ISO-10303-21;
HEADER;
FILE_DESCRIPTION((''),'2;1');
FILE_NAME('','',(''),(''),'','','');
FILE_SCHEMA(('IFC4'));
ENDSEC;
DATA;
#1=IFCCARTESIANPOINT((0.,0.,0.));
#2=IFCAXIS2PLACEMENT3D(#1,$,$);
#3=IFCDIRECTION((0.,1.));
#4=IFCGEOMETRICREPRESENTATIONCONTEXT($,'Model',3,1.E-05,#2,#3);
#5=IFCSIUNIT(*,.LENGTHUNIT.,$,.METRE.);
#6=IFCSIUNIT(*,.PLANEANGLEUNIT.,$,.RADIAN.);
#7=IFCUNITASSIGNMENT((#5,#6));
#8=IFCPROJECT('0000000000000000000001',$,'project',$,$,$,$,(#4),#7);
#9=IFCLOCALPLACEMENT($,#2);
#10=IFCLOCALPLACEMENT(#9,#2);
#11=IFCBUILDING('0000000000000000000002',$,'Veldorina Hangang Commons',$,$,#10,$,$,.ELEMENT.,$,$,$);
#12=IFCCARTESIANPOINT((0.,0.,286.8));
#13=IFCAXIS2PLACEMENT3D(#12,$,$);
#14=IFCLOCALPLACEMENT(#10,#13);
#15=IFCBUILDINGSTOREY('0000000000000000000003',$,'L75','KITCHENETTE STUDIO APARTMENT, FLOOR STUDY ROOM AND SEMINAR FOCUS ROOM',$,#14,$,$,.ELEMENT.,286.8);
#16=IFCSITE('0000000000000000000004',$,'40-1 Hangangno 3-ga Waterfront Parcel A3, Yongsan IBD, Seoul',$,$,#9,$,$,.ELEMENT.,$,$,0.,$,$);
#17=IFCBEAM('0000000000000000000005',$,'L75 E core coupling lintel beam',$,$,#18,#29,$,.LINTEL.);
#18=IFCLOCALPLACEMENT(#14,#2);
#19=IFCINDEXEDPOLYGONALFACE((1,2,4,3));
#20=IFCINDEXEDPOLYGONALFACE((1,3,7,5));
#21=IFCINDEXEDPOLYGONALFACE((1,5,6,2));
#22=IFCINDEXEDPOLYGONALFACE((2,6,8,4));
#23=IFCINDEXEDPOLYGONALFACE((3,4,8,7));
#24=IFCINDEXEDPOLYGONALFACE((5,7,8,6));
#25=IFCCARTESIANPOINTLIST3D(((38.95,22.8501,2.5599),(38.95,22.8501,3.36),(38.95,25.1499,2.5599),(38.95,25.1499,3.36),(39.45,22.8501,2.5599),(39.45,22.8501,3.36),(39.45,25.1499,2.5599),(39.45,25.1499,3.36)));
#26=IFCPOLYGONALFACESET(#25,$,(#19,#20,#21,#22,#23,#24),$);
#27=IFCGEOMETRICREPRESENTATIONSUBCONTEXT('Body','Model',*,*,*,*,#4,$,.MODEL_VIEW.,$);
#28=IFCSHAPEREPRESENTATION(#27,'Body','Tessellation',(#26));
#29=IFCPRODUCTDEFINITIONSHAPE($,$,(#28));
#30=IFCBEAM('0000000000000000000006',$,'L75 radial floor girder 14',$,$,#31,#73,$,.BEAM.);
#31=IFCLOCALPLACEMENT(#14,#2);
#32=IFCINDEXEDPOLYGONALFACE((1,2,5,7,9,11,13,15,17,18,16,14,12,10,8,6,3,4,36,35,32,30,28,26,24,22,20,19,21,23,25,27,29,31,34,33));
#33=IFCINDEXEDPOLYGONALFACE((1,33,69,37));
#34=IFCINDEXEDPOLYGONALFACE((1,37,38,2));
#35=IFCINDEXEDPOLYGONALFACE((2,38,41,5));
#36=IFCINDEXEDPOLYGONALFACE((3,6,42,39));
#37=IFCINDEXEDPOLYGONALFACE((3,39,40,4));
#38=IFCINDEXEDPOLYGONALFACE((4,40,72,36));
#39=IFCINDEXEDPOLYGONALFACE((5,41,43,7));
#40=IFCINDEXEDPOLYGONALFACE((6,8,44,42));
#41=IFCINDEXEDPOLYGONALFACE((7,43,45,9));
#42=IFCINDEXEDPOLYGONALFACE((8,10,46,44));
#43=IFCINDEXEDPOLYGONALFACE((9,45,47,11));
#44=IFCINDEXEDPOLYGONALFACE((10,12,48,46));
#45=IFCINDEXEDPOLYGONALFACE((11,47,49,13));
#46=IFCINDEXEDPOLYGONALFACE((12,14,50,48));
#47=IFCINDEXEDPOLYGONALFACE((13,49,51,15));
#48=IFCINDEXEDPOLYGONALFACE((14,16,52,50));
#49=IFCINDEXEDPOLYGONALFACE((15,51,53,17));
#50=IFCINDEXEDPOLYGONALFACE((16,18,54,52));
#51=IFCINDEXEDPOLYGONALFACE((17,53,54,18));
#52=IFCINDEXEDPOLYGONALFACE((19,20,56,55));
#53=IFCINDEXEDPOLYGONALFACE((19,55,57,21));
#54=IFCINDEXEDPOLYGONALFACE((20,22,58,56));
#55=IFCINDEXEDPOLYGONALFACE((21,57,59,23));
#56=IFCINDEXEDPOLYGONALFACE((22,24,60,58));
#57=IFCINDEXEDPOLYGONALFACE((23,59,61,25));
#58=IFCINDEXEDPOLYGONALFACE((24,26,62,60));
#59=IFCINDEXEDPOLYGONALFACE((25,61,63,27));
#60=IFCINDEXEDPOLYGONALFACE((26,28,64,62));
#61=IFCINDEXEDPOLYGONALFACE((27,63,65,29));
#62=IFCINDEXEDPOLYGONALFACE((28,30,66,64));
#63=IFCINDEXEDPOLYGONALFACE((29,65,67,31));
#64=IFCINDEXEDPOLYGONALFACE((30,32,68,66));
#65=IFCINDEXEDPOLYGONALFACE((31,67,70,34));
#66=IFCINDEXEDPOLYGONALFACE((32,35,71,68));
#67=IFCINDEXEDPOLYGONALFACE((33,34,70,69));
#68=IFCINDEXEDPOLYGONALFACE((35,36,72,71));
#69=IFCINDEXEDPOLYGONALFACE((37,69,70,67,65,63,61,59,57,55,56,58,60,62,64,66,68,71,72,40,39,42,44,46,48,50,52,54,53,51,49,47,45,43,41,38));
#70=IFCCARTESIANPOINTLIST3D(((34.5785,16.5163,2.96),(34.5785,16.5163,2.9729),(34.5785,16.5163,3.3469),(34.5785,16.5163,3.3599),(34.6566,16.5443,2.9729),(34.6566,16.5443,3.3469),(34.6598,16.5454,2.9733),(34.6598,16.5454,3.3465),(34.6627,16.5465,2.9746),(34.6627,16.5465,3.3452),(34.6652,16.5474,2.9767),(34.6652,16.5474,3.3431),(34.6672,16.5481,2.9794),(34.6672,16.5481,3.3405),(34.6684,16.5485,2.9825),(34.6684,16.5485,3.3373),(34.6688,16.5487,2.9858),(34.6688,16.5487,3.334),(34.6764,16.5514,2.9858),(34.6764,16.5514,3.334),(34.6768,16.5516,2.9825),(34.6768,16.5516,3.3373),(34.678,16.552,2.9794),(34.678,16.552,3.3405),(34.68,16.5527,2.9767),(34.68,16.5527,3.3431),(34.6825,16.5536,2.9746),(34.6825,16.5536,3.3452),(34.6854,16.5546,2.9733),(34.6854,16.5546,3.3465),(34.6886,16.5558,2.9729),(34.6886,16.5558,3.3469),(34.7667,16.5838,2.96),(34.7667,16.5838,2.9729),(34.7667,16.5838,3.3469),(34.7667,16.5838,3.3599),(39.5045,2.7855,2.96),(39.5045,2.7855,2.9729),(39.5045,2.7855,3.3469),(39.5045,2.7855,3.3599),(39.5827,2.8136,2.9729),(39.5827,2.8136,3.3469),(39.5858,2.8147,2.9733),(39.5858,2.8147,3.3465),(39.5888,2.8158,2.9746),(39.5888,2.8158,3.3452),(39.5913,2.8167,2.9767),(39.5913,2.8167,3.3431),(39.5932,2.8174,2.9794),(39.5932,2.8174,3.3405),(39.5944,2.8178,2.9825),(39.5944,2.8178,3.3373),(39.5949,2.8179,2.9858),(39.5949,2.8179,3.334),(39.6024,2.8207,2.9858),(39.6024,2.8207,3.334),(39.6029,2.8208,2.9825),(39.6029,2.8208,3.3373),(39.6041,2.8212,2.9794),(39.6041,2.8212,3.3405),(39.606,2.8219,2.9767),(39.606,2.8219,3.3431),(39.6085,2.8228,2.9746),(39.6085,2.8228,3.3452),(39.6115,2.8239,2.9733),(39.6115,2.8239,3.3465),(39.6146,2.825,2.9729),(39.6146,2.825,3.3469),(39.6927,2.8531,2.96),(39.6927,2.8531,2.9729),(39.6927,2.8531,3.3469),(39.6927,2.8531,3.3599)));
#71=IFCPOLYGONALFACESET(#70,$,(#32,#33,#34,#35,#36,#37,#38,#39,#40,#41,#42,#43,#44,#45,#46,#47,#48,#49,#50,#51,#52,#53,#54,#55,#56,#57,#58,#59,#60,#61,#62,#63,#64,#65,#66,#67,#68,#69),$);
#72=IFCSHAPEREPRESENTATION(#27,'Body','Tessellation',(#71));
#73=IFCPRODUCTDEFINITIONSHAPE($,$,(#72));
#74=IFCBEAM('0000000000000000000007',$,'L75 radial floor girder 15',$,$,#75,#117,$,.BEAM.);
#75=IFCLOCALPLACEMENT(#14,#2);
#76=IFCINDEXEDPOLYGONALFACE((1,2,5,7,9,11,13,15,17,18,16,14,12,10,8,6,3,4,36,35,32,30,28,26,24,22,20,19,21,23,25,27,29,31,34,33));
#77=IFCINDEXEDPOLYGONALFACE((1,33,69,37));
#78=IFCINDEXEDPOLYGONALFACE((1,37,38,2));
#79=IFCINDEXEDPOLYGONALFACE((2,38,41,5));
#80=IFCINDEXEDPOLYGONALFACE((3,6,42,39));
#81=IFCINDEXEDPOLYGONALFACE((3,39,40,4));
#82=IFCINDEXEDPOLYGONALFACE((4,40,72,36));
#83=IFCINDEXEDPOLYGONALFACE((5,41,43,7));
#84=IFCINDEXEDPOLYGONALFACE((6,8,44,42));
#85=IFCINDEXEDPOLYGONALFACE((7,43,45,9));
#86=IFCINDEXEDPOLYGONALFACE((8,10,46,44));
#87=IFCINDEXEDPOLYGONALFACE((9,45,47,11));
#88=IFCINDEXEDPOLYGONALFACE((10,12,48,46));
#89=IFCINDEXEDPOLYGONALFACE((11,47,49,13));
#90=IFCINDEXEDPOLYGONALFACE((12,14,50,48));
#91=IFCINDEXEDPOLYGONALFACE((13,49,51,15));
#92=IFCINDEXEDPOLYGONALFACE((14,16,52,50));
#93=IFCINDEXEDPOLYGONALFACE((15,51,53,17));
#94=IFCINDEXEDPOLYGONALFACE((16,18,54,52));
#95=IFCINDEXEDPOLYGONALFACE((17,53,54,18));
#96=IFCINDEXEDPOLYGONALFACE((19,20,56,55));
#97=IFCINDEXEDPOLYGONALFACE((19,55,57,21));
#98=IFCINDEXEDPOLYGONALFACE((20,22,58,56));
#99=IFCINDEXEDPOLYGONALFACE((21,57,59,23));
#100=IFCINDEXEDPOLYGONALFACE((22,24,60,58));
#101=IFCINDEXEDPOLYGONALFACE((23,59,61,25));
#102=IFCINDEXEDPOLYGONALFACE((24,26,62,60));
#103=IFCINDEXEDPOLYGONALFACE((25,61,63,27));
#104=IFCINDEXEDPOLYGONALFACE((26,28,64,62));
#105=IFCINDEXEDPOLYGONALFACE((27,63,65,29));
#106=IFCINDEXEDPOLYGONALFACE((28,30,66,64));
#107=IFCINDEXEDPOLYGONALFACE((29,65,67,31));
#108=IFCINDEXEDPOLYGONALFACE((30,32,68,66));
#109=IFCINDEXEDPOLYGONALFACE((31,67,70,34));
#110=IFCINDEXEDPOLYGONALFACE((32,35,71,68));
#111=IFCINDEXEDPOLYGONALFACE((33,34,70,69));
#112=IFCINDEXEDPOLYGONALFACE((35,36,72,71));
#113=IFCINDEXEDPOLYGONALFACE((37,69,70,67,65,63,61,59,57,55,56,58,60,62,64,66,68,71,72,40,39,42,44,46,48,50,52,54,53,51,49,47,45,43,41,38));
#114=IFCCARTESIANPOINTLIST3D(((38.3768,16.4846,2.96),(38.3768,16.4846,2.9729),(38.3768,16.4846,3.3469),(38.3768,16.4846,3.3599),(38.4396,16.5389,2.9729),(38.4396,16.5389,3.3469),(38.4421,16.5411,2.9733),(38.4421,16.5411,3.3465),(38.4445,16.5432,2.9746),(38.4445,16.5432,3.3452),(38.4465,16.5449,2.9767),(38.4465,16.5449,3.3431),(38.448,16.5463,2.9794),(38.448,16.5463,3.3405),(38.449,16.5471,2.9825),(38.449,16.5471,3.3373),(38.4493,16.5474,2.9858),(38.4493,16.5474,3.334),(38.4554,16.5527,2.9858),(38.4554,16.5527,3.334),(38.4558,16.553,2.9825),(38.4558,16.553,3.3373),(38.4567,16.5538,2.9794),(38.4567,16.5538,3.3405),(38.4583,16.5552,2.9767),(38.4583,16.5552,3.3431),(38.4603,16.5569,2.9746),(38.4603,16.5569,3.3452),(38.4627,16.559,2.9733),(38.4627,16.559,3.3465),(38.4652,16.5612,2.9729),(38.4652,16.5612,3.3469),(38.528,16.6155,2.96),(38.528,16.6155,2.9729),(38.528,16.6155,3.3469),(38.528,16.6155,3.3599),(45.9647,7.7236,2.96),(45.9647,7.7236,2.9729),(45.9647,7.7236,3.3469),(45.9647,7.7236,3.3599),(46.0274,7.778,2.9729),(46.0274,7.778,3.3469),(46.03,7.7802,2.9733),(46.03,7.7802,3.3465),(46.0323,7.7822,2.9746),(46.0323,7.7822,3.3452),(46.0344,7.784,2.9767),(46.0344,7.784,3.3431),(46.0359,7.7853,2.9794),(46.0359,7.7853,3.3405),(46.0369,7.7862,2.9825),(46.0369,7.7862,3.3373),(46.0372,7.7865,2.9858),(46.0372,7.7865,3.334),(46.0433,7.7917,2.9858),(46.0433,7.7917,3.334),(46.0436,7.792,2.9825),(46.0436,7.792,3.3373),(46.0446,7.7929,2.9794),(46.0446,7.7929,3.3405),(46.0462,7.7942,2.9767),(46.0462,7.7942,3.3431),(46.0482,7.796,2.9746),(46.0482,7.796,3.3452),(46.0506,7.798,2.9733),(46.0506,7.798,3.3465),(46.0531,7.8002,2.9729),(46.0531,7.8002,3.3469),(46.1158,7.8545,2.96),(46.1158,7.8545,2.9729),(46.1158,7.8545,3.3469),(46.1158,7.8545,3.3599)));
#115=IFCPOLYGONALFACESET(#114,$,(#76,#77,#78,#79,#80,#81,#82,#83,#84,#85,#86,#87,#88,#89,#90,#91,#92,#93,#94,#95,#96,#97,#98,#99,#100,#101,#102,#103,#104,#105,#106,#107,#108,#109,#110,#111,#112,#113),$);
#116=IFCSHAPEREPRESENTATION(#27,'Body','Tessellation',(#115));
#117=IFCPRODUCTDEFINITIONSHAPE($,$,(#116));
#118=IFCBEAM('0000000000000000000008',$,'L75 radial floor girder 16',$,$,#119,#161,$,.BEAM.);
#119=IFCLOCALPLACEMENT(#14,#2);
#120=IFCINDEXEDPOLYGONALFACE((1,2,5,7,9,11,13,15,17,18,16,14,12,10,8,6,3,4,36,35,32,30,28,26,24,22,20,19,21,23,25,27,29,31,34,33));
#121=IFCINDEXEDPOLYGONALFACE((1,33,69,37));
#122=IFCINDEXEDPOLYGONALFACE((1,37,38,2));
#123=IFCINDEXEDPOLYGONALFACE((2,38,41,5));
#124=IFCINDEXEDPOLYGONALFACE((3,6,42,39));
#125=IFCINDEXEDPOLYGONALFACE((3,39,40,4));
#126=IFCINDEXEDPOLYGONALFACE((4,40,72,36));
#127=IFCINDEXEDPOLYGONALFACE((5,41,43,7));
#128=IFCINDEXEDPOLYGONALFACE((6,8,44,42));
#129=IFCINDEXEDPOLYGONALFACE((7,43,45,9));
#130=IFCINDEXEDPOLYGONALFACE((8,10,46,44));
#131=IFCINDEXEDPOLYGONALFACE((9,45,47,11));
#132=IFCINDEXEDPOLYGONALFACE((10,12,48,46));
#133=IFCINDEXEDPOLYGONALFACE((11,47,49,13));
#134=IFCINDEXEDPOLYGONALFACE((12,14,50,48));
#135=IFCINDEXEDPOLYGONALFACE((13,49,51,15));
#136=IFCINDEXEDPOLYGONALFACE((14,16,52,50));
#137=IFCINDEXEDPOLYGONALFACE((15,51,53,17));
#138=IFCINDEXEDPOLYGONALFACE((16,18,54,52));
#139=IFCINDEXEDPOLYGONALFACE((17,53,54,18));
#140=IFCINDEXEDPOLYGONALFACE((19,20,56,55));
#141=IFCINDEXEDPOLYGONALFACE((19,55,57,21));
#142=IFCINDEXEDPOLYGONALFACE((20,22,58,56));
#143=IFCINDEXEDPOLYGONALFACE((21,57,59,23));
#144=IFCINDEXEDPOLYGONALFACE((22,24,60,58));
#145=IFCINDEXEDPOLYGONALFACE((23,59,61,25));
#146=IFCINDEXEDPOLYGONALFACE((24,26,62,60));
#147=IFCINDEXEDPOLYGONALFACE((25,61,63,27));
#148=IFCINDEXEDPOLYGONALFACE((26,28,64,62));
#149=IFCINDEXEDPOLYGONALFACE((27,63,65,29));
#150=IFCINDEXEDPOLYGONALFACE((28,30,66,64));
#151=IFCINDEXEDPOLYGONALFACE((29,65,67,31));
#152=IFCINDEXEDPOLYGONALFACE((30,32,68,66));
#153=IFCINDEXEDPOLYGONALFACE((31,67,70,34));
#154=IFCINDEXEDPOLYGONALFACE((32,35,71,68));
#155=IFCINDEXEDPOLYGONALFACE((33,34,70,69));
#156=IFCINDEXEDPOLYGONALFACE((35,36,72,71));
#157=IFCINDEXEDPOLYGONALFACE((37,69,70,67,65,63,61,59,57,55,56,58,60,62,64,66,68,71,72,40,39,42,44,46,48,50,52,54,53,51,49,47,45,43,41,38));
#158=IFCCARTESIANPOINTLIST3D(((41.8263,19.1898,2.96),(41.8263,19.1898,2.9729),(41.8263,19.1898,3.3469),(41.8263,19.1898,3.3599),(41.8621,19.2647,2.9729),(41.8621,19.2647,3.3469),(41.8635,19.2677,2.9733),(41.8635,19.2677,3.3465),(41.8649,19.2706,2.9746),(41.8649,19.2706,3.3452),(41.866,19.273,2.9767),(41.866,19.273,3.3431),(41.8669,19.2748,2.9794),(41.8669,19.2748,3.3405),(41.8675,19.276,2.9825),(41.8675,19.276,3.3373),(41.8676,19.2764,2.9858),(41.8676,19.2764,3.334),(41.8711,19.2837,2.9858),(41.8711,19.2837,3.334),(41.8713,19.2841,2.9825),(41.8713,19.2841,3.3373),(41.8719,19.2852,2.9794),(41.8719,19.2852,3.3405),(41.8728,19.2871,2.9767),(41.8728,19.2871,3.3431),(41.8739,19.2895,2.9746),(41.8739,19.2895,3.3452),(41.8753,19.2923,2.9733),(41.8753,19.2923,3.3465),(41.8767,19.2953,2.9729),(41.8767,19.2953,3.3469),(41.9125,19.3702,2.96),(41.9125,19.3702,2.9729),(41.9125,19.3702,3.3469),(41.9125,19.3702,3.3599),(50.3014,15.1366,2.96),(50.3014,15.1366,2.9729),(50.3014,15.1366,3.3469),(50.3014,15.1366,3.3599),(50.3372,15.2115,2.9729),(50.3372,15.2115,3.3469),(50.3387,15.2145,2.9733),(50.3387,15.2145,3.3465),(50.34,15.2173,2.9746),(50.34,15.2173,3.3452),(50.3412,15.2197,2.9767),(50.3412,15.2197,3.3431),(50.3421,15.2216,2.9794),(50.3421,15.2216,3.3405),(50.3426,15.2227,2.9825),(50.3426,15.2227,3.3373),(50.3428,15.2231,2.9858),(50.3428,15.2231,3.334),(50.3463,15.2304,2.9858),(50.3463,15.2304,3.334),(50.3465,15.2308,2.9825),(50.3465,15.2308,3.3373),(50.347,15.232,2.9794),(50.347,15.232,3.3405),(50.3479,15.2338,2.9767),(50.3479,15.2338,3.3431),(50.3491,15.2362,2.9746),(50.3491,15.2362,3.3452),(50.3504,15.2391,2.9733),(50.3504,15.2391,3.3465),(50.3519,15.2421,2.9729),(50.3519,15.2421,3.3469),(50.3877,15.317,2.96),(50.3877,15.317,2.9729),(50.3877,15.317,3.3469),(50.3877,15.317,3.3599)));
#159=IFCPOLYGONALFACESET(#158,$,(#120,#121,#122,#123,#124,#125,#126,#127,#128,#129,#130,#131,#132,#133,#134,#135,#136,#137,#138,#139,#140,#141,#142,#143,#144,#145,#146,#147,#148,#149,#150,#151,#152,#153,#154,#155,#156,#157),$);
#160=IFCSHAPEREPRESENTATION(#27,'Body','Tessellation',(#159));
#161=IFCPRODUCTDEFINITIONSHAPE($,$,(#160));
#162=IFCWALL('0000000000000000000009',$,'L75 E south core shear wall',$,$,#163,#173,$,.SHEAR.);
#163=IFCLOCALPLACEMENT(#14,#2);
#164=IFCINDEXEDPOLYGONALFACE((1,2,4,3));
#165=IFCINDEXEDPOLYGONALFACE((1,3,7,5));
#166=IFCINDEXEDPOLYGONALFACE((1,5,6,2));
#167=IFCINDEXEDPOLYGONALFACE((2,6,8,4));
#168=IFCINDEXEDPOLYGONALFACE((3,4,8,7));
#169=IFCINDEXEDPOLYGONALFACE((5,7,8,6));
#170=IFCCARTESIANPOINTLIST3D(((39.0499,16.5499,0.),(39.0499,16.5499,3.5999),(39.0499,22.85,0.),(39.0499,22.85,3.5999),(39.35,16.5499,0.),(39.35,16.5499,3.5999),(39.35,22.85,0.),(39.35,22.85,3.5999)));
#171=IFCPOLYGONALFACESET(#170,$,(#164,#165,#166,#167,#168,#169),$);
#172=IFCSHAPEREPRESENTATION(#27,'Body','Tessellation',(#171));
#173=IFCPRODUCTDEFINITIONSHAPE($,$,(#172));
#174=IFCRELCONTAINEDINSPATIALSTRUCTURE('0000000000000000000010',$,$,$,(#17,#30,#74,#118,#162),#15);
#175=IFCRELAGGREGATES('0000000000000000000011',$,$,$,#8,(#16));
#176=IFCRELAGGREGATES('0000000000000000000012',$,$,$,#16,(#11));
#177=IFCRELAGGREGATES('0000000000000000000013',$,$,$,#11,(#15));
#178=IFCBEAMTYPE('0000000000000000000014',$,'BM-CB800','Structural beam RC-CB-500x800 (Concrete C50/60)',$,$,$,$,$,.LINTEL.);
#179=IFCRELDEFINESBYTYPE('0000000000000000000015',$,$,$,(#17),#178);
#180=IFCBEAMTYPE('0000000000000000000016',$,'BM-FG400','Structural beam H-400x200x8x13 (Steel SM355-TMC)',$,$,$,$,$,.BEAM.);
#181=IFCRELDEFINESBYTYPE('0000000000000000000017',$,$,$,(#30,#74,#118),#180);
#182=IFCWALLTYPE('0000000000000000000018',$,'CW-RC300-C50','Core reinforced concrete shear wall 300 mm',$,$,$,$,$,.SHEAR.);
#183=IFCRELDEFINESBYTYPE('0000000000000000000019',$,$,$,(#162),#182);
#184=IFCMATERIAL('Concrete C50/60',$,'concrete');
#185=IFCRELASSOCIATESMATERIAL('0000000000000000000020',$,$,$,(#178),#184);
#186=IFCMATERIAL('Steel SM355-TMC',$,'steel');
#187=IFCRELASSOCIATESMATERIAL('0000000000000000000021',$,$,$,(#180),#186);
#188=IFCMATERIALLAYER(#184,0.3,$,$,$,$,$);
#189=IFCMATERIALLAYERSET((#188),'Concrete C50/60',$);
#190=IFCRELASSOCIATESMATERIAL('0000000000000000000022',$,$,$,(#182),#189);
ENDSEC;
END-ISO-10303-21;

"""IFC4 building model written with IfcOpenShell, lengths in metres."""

from ifc_helpers import new_model, si_unit, direction, frame, frame_2d, origin, origin_2d, place, context, subcontext, project, spatial, rectangle, i_section, extrude, material, layer, layer_set, material_profile, profile_set, type_object, element, save


model = new_model("IFC4")

# Units and contexts
model_context = context("Model", 3, precision=1e-05, world=origin(), true_north=direction((0.0, 1.0)))
body_context = subcontext(model_context, "Body", "Model", "MODEL_VIEW")
ifc_project = project(units=[si_unit("LENGTHUNIT", "METRE"), si_unit("PLANEANGLEUNIT", "RADIAN")], contexts=[model_context])

# Site, building, storey
site_placement = place(None, origin())
site = spatial("IfcSite", under=ifc_project, at=site_placement, Name="40-1 Hangangno 3-ga Waterfront Parcel A3, Yongsan IBD, Seoul", CompositionType="ELEMENT", RefElevation=0.0)
building_placement = place(site_placement, origin())
building = spatial("IfcBuilding", under=site, at=building_placement, Name="Veldorina Hangang Commons", CompositionType="ELEMENT")
storey_placement = place(building_placement, frame((0.0, 0.0, 286.8)))
storey = spatial("IfcBuildingStorey", under=building, at=storey_placement, Name="L75", Description="KITCHENETTE STUDIO APARTMENT, FLOOR STUDY ROOM AND SEMINAR FOCUS ROOM", CompositionType="ELEMENT", Elevation=286.8)

# Beams
ifc_material_1 = material(Name="Concrete C50/60", Category="concrete")
ifc_material_profile_1 = material_profile(ifc_material_1, rectangle(XDim=0.5, YDim=0.8, at=origin_2d()), Name="RC-CB-500x800")
ifc_profile_set_1 = profile_set([ifc_material_profile_1], Name="Concrete C50/60")
beam_type_1 = type_object("IfcBeamType", Name="BM-CB800", Description="Structural beam RC-CB-500x800 (Concrete C50/60)", PredefinedType="LINTEL", material=ifc_profile_set_1)
beam_1_placement = place(storey_placement, frame((39.2, 22.8501, 2.96), z_axis=(0.0, 1.0, 0.0), x_axis=(-1.0, 0.0, 0.0)))
element("IfcBeam", 1, at=beam_1_placement, inside=storey, type_object=beam_type_1, Name="L75 E core coupling lintel beam", PredefinedType="LINTEL", context=body_context, shape_type="SweptSolid", body=[
    extrude(rectangle(XDim=0.5, YDim=0.8, at=origin_2d()), origin(), (0.0, 0.0, 1.0), 2.2998),
])
ifc_material_2 = material(Name="Steel SM355-TMC", Category="steel")
ifc_material_profile_2 = material_profile(ifc_material_2, i_section(OverallWidth=0.2, OverallDepth=0.3999, WebThickness=0.0081, FlangeThickness=0.0129, FilletRadius=0.0129, at=origin_2d()), Name="H-400x200x8x13")
ifc_profile_set_2 = profile_set([ifc_material_profile_2], Name="Steel SM355-TMC")
beam_type_2 = type_object("IfcBeamType", Name="BM-FG400", Description="Structural beam H-400x200x8x13 (Steel SM355-TMC)", PredefinedType="BEAM", material=ifc_profile_set_2)
beam_2_placement = place(storey_placement, frame((34.6726, 16.55, 3.1599), z_axis=(0.337686, -0.941259, 0.0), x_axis=(0.941259, 0.337686, 0.0)))
element("IfcBeam", 2, at=beam_2_placement, inside=storey, type_object=beam_type_2, Name="L75 radial floor girder 14", PredefinedType="BEAM", context=body_context, shape_type="SweptSolid", body=[
    extrude(i_section(OverallWidth=0.2, OverallDepth=0.3999, WebThickness=0.0081, FlangeThickness=0.0129, FilletRadius=0.0129, at=origin_2d()), origin(), (0.0, 0.0, 1.0), 14.5876),
])
beam_3_placement = place(storey_placement, frame((38.4524, 16.55, 3.1599), z_axis=(0.654686, -0.755901, 0.0), x_axis=(0.755901, 0.654686, 0.0)))
element("IfcBeam", 3, at=beam_3_placement, inside=storey, type_object=beam_type_2, Name="L75 radial floor girder 15", PredefinedType="BEAM", context=body_context, shape_type="SweptSolid", body=[
    extrude(i_section(OverallWidth=0.2, OverallDepth=0.3999, WebThickness=0.0081, FlangeThickness=0.0129, FilletRadius=0.0129, at=origin_2d()), origin(), (0.0, 0.0, 1.0), 11.5901),
])
beam_4_placement = place(storey_placement, frame((41.8694, 19.28, 3.1599), z_axis=(0.902138, -0.431448, 0.0), x_axis=(0.431448, 0.902138, 0.0)))
element("IfcBeam", 4, at=beam_4_placement, inside=storey, type_object=beam_type_2, Name="L75 radial floor girder 16", PredefinedType="BEAM", context=body_context, shape_type="SweptSolid", body=[
    extrude(i_section(OverallWidth=0.2, OverallDepth=0.3999, WebThickness=0.0081, FlangeThickness=0.0129, FilletRadius=0.0129, at=origin_2d()), origin(), (0.0, 0.0, 1.0), 9.3945),
])

# Wall
ifc_layer_1 = layer(ifc_material_1, 0.3)
ifc_layer_set_1 = layer_set([ifc_layer_1], Name="Concrete C50/60")
wall_type_1 = type_object("IfcWallType", Name="CW-RC300-C50", Description="Core reinforced concrete shear wall 300 mm", PredefinedType="SHEAR", material=ifc_layer_set_1)
wall_1_placement = place(storey_placement, frame((39.2, 16.55, 0.0), z_axis=(0.0, 0.0, 1.0), x_axis=(0.0, 1.0, 0.0)))
element("IfcWall", 5, at=wall_1_placement, inside=storey, type_object=wall_type_1, Name="L75 E south core shear wall", PredefinedType="SHEAR", context=body_context, shape_type="SweptSolid", body=[
    extrude(rectangle(XDim=6.3, YDim=0.3, at=frame_2d((3.1499, 0.0))), origin(), (0.0, 0.0, 1.0), 3.5999),
])

save(model, "model.ifc")
